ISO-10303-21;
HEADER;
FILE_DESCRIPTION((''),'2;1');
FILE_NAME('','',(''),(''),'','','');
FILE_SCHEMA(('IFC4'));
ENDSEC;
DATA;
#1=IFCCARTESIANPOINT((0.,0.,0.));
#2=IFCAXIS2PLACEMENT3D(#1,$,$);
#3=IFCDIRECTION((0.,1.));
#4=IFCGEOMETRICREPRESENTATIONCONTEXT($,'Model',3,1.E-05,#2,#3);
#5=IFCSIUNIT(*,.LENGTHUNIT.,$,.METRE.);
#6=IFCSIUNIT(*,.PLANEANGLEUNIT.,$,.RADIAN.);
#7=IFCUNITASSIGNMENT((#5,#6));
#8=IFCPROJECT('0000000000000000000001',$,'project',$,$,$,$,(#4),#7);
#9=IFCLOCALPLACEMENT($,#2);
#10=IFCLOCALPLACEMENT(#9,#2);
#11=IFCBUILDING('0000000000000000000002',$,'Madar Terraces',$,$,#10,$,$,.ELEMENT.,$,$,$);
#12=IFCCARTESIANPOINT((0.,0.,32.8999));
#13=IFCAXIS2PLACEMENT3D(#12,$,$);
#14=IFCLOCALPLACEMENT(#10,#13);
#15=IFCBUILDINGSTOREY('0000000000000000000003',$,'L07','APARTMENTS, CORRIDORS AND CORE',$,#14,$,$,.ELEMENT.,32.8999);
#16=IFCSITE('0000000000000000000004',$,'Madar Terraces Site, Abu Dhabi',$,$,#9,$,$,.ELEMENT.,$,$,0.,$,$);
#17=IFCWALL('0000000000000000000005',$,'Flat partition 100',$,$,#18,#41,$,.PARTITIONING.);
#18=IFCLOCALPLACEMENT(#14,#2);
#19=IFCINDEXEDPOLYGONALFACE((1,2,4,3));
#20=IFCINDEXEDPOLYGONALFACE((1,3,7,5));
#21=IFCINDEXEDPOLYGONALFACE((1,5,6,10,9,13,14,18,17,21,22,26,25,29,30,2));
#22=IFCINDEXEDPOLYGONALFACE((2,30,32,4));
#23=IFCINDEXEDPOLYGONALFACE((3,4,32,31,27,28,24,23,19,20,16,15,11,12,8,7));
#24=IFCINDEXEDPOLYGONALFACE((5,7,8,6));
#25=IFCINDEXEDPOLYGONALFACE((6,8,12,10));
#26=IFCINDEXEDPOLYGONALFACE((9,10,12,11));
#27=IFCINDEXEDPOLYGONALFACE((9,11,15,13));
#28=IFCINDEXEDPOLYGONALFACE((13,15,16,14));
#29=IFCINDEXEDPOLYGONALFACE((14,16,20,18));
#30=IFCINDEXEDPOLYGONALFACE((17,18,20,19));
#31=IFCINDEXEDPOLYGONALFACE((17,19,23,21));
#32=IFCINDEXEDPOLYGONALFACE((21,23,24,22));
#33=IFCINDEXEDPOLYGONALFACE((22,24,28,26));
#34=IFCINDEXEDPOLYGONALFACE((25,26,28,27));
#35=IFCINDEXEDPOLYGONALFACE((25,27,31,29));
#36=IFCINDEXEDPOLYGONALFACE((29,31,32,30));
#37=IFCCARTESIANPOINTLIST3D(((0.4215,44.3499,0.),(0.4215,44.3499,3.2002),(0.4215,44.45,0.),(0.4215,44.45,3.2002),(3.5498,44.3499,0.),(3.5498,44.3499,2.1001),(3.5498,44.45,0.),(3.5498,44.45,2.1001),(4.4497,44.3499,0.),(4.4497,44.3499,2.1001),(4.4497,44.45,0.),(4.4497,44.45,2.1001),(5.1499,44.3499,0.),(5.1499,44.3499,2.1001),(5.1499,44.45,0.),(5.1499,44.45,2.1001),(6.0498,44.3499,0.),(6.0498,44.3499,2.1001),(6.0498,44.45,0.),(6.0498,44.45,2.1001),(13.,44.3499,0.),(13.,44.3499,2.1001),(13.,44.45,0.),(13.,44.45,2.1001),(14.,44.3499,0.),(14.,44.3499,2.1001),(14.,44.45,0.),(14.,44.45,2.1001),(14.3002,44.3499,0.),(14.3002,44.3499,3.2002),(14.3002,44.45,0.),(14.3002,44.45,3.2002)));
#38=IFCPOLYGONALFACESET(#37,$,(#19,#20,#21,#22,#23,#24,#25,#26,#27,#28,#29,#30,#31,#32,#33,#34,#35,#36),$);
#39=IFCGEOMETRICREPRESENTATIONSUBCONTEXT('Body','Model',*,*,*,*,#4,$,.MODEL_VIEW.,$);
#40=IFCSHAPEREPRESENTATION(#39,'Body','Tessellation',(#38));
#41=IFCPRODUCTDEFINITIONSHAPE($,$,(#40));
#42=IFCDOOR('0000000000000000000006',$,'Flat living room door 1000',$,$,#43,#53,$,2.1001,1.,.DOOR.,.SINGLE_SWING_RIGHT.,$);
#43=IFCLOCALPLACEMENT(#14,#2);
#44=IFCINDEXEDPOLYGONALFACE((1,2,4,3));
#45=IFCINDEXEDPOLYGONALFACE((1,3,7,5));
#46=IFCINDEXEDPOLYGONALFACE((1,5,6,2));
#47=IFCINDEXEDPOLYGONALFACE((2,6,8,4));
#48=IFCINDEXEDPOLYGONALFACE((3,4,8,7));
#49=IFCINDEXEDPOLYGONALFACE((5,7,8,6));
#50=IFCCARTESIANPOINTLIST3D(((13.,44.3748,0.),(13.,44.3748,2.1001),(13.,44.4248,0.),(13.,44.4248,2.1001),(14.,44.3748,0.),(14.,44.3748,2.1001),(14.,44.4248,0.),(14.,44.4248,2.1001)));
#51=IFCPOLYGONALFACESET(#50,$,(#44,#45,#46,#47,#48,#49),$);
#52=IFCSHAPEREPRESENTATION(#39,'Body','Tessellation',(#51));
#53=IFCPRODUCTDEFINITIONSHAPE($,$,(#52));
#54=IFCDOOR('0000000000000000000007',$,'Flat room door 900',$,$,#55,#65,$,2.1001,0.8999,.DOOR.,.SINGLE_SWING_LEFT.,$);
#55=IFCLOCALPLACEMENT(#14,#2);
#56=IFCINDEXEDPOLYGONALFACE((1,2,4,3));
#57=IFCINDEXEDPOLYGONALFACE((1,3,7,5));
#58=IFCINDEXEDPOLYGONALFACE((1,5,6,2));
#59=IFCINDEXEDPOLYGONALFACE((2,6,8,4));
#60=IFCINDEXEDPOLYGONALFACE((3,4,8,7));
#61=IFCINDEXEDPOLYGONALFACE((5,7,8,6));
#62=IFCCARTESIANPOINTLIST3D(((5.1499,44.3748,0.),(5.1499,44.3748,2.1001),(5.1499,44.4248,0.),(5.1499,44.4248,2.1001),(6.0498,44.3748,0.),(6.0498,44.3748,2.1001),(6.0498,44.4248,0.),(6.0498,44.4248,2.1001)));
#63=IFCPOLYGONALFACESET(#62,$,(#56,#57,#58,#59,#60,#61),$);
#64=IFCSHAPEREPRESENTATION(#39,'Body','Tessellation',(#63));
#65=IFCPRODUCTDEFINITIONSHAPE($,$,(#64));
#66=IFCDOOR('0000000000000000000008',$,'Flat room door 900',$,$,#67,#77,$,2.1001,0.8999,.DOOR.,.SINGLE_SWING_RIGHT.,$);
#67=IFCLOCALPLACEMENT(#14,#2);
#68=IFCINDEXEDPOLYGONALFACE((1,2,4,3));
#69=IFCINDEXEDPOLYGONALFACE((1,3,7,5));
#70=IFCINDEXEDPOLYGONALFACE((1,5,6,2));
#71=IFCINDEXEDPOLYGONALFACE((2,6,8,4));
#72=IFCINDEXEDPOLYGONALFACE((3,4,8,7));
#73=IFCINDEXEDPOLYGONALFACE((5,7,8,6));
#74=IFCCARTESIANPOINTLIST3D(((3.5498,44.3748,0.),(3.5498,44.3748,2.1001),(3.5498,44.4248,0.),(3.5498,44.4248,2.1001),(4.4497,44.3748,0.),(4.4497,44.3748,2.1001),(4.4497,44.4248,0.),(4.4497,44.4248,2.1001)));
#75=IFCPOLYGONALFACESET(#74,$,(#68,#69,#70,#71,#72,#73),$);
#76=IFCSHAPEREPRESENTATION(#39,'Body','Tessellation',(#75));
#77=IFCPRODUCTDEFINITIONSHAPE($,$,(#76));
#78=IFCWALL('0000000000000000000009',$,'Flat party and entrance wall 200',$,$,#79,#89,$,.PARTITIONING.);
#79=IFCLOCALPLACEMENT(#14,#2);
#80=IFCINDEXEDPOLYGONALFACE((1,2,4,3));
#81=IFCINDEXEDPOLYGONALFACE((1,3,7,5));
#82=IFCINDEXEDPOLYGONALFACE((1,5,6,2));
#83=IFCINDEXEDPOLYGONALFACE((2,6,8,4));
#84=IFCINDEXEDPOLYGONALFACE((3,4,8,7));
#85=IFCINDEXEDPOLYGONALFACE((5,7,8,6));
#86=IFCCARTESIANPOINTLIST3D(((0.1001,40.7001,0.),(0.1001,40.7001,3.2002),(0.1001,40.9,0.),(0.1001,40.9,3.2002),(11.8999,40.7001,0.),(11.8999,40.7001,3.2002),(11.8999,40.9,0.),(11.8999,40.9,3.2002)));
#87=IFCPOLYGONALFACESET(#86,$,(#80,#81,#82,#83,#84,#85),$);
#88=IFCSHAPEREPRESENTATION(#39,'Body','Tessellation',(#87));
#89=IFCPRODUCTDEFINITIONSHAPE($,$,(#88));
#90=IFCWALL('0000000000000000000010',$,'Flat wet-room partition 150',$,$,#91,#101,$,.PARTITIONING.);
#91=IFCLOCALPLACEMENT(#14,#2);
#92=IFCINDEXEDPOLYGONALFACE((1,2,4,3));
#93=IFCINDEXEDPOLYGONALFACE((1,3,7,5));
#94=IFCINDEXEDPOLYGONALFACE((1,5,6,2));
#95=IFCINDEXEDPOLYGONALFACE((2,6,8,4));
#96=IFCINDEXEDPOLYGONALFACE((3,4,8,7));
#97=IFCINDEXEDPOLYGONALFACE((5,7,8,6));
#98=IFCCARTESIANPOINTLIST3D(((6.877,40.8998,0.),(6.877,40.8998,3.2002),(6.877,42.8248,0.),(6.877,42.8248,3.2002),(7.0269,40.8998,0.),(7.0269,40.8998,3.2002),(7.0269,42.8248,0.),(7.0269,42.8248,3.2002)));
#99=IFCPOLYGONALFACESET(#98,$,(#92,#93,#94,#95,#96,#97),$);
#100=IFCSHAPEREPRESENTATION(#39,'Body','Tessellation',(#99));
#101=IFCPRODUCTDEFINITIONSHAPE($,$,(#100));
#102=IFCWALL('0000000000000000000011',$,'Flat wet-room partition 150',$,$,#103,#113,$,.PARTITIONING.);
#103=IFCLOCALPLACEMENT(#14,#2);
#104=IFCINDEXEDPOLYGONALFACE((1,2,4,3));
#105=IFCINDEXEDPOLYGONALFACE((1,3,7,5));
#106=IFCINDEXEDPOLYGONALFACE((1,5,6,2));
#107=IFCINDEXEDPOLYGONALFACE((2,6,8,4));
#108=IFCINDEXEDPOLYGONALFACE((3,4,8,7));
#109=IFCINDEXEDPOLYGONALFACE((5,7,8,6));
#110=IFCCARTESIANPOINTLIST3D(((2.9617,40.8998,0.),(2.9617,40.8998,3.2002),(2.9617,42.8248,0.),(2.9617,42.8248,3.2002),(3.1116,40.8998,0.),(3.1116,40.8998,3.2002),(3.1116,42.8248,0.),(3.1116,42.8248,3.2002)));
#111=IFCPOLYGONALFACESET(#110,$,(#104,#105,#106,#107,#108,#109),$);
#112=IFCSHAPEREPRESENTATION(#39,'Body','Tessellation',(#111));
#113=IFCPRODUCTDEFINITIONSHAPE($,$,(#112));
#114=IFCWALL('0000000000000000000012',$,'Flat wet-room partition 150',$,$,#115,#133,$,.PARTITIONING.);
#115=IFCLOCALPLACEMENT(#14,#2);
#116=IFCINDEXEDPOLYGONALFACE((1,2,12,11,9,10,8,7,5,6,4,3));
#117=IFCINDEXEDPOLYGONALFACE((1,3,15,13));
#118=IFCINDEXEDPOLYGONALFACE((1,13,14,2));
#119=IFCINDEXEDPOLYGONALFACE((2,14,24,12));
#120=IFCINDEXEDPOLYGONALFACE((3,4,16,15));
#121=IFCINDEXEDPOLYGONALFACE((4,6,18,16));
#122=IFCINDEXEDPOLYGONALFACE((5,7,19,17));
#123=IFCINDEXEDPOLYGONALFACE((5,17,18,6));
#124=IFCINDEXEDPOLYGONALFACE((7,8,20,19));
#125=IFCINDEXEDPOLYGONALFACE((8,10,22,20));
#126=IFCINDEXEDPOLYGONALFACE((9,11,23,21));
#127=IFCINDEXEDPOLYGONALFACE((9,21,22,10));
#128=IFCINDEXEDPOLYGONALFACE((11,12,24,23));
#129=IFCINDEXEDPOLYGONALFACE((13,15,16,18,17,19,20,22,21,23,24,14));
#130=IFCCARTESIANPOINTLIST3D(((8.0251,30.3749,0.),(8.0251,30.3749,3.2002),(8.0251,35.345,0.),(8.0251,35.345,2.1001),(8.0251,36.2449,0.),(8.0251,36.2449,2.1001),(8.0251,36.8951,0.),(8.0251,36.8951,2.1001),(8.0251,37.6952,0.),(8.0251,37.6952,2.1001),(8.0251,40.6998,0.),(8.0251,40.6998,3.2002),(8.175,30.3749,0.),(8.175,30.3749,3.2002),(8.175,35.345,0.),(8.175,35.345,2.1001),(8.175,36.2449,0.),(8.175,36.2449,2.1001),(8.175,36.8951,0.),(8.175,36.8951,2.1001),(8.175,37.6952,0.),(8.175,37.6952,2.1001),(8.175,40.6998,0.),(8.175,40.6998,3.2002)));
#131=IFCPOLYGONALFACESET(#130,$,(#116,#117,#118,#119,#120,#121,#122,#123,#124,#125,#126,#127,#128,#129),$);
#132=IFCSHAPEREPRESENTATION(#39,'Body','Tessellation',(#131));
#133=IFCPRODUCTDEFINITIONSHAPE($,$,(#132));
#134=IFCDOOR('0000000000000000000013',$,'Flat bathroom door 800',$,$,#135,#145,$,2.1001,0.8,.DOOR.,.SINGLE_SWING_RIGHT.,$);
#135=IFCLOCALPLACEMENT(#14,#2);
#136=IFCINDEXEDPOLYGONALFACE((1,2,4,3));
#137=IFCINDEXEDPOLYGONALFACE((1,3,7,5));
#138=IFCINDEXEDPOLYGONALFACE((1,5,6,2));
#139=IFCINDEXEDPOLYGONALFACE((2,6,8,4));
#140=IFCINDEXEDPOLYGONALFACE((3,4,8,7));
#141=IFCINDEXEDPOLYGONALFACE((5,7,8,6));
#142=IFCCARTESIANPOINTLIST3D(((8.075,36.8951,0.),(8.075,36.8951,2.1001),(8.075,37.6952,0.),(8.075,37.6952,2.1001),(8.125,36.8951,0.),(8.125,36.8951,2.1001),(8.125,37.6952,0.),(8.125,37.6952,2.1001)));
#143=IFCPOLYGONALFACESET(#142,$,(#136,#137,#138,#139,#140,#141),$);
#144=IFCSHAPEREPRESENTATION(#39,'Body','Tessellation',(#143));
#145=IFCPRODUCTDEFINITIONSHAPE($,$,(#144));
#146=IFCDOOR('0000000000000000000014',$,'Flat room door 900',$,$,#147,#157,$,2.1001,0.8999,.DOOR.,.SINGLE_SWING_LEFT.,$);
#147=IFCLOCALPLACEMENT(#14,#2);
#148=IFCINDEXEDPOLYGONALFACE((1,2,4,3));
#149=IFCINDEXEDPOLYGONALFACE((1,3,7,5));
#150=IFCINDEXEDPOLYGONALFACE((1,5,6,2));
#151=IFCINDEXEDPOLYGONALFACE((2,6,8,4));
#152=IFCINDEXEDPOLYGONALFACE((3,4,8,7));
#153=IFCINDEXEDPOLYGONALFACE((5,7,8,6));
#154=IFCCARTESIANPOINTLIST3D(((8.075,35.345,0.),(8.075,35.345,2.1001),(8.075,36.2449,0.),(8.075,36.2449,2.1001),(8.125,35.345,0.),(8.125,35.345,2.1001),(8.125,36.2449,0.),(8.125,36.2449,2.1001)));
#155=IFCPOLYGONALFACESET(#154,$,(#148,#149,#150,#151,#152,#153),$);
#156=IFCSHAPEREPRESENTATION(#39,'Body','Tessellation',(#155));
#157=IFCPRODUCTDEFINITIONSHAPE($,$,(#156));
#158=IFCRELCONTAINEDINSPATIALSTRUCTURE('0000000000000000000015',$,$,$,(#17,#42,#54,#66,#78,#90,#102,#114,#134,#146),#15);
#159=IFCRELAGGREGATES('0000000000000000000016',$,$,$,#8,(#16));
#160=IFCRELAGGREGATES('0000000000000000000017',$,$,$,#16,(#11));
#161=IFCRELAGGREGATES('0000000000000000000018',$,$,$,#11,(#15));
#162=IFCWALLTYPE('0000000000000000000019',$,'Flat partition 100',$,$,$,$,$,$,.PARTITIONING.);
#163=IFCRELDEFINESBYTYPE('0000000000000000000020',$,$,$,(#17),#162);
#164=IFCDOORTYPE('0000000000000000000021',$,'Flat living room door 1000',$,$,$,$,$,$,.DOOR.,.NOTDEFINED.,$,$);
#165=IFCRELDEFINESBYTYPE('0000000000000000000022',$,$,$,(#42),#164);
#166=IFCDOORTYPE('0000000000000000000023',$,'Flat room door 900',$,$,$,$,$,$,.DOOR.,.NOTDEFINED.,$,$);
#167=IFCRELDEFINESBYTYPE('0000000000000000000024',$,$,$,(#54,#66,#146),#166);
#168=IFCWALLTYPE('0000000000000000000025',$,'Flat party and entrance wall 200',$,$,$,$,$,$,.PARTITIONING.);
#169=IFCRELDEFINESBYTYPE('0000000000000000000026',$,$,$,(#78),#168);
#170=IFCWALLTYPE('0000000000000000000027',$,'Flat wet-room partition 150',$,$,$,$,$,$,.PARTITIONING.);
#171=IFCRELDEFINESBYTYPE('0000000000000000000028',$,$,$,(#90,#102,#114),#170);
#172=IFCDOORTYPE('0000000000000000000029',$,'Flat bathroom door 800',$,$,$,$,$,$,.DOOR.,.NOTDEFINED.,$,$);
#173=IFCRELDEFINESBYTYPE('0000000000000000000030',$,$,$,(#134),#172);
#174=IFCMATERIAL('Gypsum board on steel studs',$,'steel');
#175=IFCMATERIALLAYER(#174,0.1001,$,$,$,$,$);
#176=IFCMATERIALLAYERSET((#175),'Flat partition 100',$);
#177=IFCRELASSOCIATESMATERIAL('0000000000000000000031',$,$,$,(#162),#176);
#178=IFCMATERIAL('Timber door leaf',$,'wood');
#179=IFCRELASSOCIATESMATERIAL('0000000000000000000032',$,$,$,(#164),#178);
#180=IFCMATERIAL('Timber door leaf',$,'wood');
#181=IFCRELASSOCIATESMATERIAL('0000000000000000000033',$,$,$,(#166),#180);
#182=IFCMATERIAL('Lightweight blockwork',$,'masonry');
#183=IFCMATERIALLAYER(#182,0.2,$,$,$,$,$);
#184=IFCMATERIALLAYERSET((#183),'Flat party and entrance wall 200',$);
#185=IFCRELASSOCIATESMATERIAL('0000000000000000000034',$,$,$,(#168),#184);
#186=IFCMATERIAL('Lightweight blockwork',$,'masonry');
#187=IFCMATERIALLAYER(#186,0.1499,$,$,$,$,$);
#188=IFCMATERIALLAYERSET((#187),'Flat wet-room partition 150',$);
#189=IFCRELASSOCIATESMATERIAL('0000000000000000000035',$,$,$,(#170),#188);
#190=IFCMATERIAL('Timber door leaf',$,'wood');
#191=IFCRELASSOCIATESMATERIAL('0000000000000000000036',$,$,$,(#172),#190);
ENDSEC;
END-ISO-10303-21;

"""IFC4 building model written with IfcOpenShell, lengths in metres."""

from ifc_helpers import new_model, si_unit, direction, frame, frame_2d, origin, place, context, subcontext, project, spatial, rectangle, extrude, material, layer, layer_set, type_object, element, fill, save


model = new_model("IFC4")

# Units and contexts
model_context = context("Model", 3, precision=1e-05, world=origin(), true_north=direction((0.0, 1.0)))
body_context = subcontext(model_context, "Body", "Model", "MODEL_VIEW")
ifc_project = project(units=[si_unit("LENGTHUNIT", "METRE"), si_unit("PLANEANGLEUNIT", "RADIAN")], contexts=[model_context])

# Site, building, storey
site_placement = place(None, origin())
site = spatial("IfcSite", under=ifc_project, at=site_placement, Name="Madar Terraces Site, Abu Dhabi", CompositionType="ELEMENT", RefElevation=0.0)
building_placement = place(site_placement, origin())
building = spatial("IfcBuilding", under=site, at=building_placement, Name="Madar Terraces", CompositionType="ELEMENT")
storey_placement = place(building_placement, frame((0.0, 0.0, 32.8999)))
storey = spatial("IfcBuildingStorey", under=building, at=storey_placement, Name="L07", Description="APARTMENTS, CORRIDORS AND CORE", CompositionType="ELEMENT", Elevation=32.8999)

# Shared definitions
ifc_material_1 = material(Name="Gypsum board on steel studs", Category="steel")
ifc_layer_1 = layer(ifc_material_1, 0.1001)
ifc_layer_set_1 = layer_set([ifc_layer_1], Name="Flat partition 100")
wall_type_1 = type_object("IfcWallType", Name="Flat partition 100", PredefinedType="PARTITIONING", material=ifc_layer_set_1)

# Wall, openings, doors
wall_1_placement = place(storey_placement, frame((0.4214, 44.3999, 0.0), z_axis=(0.0, 0.0, 1.0), x_axis=(1.0, 0.0, 0.0)))
wall_1 = element("IfcWall", 1, at=wall_1_placement, inside=storey, type_object=wall_type_1, Name="Flat partition 100", PredefinedType="PARTITIONING", context=body_context, shape_type="SweptSolid", body=[
    extrude(rectangle(XDim=13.8787, YDim=0.1001, at=frame_2d((6.9395, 0.0))), origin(), (0.0, 0.0, 1.0), 3.2002),
])
opening_1_placement = place(wall_1_placement, frame((12.5786, 0.0, 0.0)))
opening_1 = element("IfcOpeningElement", 2, at=opening_1_placement, cuts=wall_1, PredefinedType="OPENING", context=body_context, shape_type="SweptSolid", body=[
    extrude(rectangle(XDim=1.0, YDim=2.1001, at=frame_2d((0.5, 1.05))), frame((0.0, 0.0601, 0.0), z_axis=(0.0, -1.0, 0.0), x_axis=(1.0, 0.0, 0.0)), (0.0, 0.0, 1.0), 0.1201),
])
opening_2_placement = place(wall_1_placement, frame((4.7285, 0.0, 0.0)))
opening_2 = element("IfcOpeningElement", 3, at=opening_2_placement, cuts=wall_1, PredefinedType="OPENING", context=body_context, shape_type="SweptSolid", body=[
    extrude(rectangle(XDim=0.8999, YDim=2.1001, at=frame_2d((0.45, 1.05))), frame((0.0, 0.0601, 0.0), z_axis=(0.0, -1.0, 0.0), x_axis=(1.0, 0.0, 0.0)), (0.0, 0.0, 1.0), 0.1201),
])
opening_3_placement = place(wall_1_placement, frame((3.1284, 0.0, 0.0)))
opening_3 = element("IfcOpeningElement", 4, at=opening_3_placement, cuts=wall_1, PredefinedType="OPENING", context=body_context, shape_type="SweptSolid", body=[
    extrude(rectangle(XDim=0.8999, YDim=2.1001, at=frame_2d((0.45, 1.05))), frame((0.0, 0.0601, 0.0), z_axis=(0.0, -1.0, 0.0), x_axis=(1.0, 0.0, 0.0)), (0.0, 0.0, 1.0), 0.1201),
])
ifc_material_2 = material(Name="Timber door leaf", Category="wood")
door_type_1 = type_object("IfcDoorType", Name="Flat living room door 1000", OperationType="NOTDEFINED", PredefinedType="DOOR", material=ifc_material_2)
door_1_placement = place(opening_1_placement, origin())
door_1 = element("IfcDoor", 5, at=door_1_placement, inside=storey, type_object=door_type_1, Name="Flat living room door 1000", OperationType="SINGLE_SWING_RIGHT", OverallHeight=2.1001, OverallWidth=1.0, PredefinedType="DOOR", context=body_context, shape_type="SweptSolid", body=[
    extrude(rectangle(XDim=1.0, YDim=2.1001, at=frame_2d((0.5, 1.05))), frame((0.0, 0.0249, 0.0), z_axis=(0.0, -1.0, 0.0), x_axis=(1.0, 0.0, 0.0)), (0.0, 0.0, 1.0), 0.05),
])
fill(opening_1, door_1)
ifc_material_3 = material(Name="Timber door leaf", Category="wood")
door_type_2 = type_object("IfcDoorType", Name="Flat room door 900", OperationType="NOTDEFINED", PredefinedType="DOOR", material=ifc_material_3)
door_2_placement = place(opening_2_placement, origin())
door_2 = element("IfcDoor", 6, at=door_2_placement, inside=storey, type_object=door_type_2, Name="Flat room door 900", OperationType="SINGLE_SWING_LEFT", OverallHeight=2.1001, OverallWidth=0.8999, PredefinedType="DOOR", context=body_context, shape_type="SweptSolid", body=[
    extrude(rectangle(XDim=0.8999, YDim=2.1001, at=frame_2d((0.45, 1.05))), frame((0.0, 0.0249, 0.0), z_axis=(0.0, -1.0, 0.0), x_axis=(1.0, 0.0, 0.0)), (0.0, 0.0, 1.0), 0.05),
])
fill(opening_2, door_2)
door_3_placement = place(opening_3_placement, origin())
door_3 = element("IfcDoor", 7, at=door_3_placement, inside=storey, type_object=door_type_2, Name="Flat room door 900", OperationType="SINGLE_SWING_RIGHT", OverallHeight=2.1001, OverallWidth=0.8999, PredefinedType="DOOR", context=body_context, shape_type="SweptSolid", body=[
    extrude(rectangle(XDim=0.8999, YDim=2.1001, at=frame_2d((0.45, 1.05))), frame((0.0, 0.0249, 0.0), z_axis=(0.0, -1.0, 0.0), x_axis=(1.0, 0.0, 0.0)), (0.0, 0.0, 1.0), 0.05),
])
fill(opening_3, door_3)

# Walls
ifc_material_4 = material(Name="Lightweight blockwork", Category="masonry")
ifc_layer_2 = layer(ifc_material_4, 0.2)
ifc_layer_set_2 = layer_set([ifc_layer_2], Name="Flat party and entrance wall 200")
wall_type_2 = type_object("IfcWallType", Name="Flat party and entrance wall 200", PredefinedType="PARTITIONING", material=ifc_layer_set_2)
wall_2_placement = place(storey_placement, frame((0.1001, 40.8, 0.0), z_axis=(0.0, 0.0, 1.0), x_axis=(1.0, 0.0, 0.0)))
element("IfcWall", 8, at=wall_2_placement, inside=storey, type_object=wall_type_2, Name="Flat party and entrance wall 200", PredefinedType="PARTITIONING", context=body_context, shape_type="SweptSolid", body=[
    extrude(rectangle(XDim=11.7998, YDim=0.2, at=frame_2d((5.8999, 0.0))), origin(), (0.0, 0.0, 1.0), 3.2002),
])
ifc_material_5 = material(Name="Lightweight blockwork", Category="masonry")
ifc_layer_3 = layer(ifc_material_5, 0.1499)
ifc_layer_set_3 = layer_set([ifc_layer_3], Name="Flat wet-room partition 150")
wall_type_3 = type_object("IfcWallType", Name="Flat wet-room partition 150", PredefinedType="PARTITIONING", material=ifc_layer_set_3)
for number, where, z_axis, x_axis, name in (
    (9, (6.9519, 40.8999, 0.0), (0.0, 0.0, 1.0), (0.0, 1.0, 0.0), "Flat wet-room partition 150"),
    (10, (3.0366, 40.8999, 0.0), (0.0, 0.0, 1.0), (0.0, 1.0, 0.0), "Flat wet-room partition 150"),
):
    element("IfcWall", number, at=place(storey_placement, frame(where, z_axis=z_axis, x_axis=x_axis)), inside=storey, type_object=wall_type_3, Name=name, PredefinedType="PARTITIONING", context=body_context, shape_type="SweptSolid", body=[
        extrude(rectangle(XDim=1.925, YDim=0.1499, at=frame_2d((0.9624, 0.0))), origin(), (0.0, 0.0, 1.0), 3.2002),
    ])

# Wall, openings, doors
wall_3_placement = place(storey_placement, frame((8.1001, 40.7, 0.0), z_axis=(0.0, 0.0, 1.0), x_axis=(0.0, -1.0, 0.0)))
wall_3 = element("IfcWall", 11, at=wall_3_placement, inside=storey, type_object=wall_type_3, Name="Flat wet-room partition 150", PredefinedType="PARTITIONING", context=body_context, shape_type="SweptSolid", body=[
    extrude(rectangle(XDim=10.325, YDim=0.1499, at=frame_2d((5.1626, 0.0))), origin(), (0.0, 0.0, 1.0), 3.2002),
])
opening_4_placement = place(wall_3_placement, frame((4.4551, 0.0, 0.0)))
opening_4 = element("IfcOpeningElement", 12, at=opening_4_placement, cuts=wall_3, PredefinedType="OPENING", context=body_context, shape_type="SweptSolid", body=[
    extrude(rectangle(XDim=0.8999, YDim=2.1001, at=frame_2d((0.45, 1.05))), frame((0.0, 0.085, 0.0), z_axis=(0.0, -1.0, 0.0), x_axis=(1.0, 0.0, 0.0)), (0.0, 0.0, 1.0), 0.1699),
])
opening_5_placement = place(wall_3_placement, frame((3.0049, 0.0, 0.0)))
opening_5 = element("IfcOpeningElement", 13, at=opening_5_placement, cuts=wall_3, PredefinedType="OPENING", context=body_context, shape_type="SweptSolid", body=[
    extrude(rectangle(XDim=0.8, YDim=2.1001, at=frame_2d((0.3999, 1.05))), frame((0.0, 0.085, 0.0), z_axis=(0.0, -1.0, 0.0), x_axis=(1.0, 0.0, 0.0)), (0.0, 0.0, 1.0), 0.1699),
])
ifc_material_6 = material(Name="Timber door leaf", Category="wood")
door_type_3 = type_object("IfcDoorType", Name="Flat bathroom door 800", OperationType="NOTDEFINED", PredefinedType="DOOR", material=ifc_material_6)
door_4_placement = place(opening_5_placement, origin())
door_4 = element("IfcDoor", 14, at=door_4_placement, inside=storey, type_object=door_type_3, Name="Flat bathroom door 800", OperationType="SINGLE_SWING_RIGHT", OverallHeight=2.1001, OverallWidth=0.8, PredefinedType="DOOR", context=body_context, shape_type="SweptSolid", body=[
    extrude(rectangle(XDim=0.8, YDim=2.1001, at=frame_2d((0.3999, 1.05))), frame((0.0, 0.0249, 0.0), z_axis=(0.0, -1.0, 0.0), x_axis=(1.0, 0.0, 0.0)), (0.0, 0.0, 1.0), 0.05),
])
fill(opening_5, door_4)
door_5_placement = place(opening_4_placement, origin())
door_5 = element("IfcDoor", 15, at=door_5_placement, inside=storey, type_object=door_type_2, Name="Flat room door 900", OperationType="SINGLE_SWING_LEFT", OverallHeight=2.1001, OverallWidth=0.8999, PredefinedType="DOOR", context=body_context, shape_type="SweptSolid", body=[
    extrude(rectangle(XDim=0.8999, YDim=2.1001, at=frame_2d((0.45, 1.05))), frame((0.0, 0.0249, 0.0), z_axis=(0.0, -1.0, 0.0), x_axis=(1.0, 0.0, 0.0)), (0.0, 0.0, 1.0), 0.05),
])
fill(opening_4, door_5)

save(model, "model.ifc")
